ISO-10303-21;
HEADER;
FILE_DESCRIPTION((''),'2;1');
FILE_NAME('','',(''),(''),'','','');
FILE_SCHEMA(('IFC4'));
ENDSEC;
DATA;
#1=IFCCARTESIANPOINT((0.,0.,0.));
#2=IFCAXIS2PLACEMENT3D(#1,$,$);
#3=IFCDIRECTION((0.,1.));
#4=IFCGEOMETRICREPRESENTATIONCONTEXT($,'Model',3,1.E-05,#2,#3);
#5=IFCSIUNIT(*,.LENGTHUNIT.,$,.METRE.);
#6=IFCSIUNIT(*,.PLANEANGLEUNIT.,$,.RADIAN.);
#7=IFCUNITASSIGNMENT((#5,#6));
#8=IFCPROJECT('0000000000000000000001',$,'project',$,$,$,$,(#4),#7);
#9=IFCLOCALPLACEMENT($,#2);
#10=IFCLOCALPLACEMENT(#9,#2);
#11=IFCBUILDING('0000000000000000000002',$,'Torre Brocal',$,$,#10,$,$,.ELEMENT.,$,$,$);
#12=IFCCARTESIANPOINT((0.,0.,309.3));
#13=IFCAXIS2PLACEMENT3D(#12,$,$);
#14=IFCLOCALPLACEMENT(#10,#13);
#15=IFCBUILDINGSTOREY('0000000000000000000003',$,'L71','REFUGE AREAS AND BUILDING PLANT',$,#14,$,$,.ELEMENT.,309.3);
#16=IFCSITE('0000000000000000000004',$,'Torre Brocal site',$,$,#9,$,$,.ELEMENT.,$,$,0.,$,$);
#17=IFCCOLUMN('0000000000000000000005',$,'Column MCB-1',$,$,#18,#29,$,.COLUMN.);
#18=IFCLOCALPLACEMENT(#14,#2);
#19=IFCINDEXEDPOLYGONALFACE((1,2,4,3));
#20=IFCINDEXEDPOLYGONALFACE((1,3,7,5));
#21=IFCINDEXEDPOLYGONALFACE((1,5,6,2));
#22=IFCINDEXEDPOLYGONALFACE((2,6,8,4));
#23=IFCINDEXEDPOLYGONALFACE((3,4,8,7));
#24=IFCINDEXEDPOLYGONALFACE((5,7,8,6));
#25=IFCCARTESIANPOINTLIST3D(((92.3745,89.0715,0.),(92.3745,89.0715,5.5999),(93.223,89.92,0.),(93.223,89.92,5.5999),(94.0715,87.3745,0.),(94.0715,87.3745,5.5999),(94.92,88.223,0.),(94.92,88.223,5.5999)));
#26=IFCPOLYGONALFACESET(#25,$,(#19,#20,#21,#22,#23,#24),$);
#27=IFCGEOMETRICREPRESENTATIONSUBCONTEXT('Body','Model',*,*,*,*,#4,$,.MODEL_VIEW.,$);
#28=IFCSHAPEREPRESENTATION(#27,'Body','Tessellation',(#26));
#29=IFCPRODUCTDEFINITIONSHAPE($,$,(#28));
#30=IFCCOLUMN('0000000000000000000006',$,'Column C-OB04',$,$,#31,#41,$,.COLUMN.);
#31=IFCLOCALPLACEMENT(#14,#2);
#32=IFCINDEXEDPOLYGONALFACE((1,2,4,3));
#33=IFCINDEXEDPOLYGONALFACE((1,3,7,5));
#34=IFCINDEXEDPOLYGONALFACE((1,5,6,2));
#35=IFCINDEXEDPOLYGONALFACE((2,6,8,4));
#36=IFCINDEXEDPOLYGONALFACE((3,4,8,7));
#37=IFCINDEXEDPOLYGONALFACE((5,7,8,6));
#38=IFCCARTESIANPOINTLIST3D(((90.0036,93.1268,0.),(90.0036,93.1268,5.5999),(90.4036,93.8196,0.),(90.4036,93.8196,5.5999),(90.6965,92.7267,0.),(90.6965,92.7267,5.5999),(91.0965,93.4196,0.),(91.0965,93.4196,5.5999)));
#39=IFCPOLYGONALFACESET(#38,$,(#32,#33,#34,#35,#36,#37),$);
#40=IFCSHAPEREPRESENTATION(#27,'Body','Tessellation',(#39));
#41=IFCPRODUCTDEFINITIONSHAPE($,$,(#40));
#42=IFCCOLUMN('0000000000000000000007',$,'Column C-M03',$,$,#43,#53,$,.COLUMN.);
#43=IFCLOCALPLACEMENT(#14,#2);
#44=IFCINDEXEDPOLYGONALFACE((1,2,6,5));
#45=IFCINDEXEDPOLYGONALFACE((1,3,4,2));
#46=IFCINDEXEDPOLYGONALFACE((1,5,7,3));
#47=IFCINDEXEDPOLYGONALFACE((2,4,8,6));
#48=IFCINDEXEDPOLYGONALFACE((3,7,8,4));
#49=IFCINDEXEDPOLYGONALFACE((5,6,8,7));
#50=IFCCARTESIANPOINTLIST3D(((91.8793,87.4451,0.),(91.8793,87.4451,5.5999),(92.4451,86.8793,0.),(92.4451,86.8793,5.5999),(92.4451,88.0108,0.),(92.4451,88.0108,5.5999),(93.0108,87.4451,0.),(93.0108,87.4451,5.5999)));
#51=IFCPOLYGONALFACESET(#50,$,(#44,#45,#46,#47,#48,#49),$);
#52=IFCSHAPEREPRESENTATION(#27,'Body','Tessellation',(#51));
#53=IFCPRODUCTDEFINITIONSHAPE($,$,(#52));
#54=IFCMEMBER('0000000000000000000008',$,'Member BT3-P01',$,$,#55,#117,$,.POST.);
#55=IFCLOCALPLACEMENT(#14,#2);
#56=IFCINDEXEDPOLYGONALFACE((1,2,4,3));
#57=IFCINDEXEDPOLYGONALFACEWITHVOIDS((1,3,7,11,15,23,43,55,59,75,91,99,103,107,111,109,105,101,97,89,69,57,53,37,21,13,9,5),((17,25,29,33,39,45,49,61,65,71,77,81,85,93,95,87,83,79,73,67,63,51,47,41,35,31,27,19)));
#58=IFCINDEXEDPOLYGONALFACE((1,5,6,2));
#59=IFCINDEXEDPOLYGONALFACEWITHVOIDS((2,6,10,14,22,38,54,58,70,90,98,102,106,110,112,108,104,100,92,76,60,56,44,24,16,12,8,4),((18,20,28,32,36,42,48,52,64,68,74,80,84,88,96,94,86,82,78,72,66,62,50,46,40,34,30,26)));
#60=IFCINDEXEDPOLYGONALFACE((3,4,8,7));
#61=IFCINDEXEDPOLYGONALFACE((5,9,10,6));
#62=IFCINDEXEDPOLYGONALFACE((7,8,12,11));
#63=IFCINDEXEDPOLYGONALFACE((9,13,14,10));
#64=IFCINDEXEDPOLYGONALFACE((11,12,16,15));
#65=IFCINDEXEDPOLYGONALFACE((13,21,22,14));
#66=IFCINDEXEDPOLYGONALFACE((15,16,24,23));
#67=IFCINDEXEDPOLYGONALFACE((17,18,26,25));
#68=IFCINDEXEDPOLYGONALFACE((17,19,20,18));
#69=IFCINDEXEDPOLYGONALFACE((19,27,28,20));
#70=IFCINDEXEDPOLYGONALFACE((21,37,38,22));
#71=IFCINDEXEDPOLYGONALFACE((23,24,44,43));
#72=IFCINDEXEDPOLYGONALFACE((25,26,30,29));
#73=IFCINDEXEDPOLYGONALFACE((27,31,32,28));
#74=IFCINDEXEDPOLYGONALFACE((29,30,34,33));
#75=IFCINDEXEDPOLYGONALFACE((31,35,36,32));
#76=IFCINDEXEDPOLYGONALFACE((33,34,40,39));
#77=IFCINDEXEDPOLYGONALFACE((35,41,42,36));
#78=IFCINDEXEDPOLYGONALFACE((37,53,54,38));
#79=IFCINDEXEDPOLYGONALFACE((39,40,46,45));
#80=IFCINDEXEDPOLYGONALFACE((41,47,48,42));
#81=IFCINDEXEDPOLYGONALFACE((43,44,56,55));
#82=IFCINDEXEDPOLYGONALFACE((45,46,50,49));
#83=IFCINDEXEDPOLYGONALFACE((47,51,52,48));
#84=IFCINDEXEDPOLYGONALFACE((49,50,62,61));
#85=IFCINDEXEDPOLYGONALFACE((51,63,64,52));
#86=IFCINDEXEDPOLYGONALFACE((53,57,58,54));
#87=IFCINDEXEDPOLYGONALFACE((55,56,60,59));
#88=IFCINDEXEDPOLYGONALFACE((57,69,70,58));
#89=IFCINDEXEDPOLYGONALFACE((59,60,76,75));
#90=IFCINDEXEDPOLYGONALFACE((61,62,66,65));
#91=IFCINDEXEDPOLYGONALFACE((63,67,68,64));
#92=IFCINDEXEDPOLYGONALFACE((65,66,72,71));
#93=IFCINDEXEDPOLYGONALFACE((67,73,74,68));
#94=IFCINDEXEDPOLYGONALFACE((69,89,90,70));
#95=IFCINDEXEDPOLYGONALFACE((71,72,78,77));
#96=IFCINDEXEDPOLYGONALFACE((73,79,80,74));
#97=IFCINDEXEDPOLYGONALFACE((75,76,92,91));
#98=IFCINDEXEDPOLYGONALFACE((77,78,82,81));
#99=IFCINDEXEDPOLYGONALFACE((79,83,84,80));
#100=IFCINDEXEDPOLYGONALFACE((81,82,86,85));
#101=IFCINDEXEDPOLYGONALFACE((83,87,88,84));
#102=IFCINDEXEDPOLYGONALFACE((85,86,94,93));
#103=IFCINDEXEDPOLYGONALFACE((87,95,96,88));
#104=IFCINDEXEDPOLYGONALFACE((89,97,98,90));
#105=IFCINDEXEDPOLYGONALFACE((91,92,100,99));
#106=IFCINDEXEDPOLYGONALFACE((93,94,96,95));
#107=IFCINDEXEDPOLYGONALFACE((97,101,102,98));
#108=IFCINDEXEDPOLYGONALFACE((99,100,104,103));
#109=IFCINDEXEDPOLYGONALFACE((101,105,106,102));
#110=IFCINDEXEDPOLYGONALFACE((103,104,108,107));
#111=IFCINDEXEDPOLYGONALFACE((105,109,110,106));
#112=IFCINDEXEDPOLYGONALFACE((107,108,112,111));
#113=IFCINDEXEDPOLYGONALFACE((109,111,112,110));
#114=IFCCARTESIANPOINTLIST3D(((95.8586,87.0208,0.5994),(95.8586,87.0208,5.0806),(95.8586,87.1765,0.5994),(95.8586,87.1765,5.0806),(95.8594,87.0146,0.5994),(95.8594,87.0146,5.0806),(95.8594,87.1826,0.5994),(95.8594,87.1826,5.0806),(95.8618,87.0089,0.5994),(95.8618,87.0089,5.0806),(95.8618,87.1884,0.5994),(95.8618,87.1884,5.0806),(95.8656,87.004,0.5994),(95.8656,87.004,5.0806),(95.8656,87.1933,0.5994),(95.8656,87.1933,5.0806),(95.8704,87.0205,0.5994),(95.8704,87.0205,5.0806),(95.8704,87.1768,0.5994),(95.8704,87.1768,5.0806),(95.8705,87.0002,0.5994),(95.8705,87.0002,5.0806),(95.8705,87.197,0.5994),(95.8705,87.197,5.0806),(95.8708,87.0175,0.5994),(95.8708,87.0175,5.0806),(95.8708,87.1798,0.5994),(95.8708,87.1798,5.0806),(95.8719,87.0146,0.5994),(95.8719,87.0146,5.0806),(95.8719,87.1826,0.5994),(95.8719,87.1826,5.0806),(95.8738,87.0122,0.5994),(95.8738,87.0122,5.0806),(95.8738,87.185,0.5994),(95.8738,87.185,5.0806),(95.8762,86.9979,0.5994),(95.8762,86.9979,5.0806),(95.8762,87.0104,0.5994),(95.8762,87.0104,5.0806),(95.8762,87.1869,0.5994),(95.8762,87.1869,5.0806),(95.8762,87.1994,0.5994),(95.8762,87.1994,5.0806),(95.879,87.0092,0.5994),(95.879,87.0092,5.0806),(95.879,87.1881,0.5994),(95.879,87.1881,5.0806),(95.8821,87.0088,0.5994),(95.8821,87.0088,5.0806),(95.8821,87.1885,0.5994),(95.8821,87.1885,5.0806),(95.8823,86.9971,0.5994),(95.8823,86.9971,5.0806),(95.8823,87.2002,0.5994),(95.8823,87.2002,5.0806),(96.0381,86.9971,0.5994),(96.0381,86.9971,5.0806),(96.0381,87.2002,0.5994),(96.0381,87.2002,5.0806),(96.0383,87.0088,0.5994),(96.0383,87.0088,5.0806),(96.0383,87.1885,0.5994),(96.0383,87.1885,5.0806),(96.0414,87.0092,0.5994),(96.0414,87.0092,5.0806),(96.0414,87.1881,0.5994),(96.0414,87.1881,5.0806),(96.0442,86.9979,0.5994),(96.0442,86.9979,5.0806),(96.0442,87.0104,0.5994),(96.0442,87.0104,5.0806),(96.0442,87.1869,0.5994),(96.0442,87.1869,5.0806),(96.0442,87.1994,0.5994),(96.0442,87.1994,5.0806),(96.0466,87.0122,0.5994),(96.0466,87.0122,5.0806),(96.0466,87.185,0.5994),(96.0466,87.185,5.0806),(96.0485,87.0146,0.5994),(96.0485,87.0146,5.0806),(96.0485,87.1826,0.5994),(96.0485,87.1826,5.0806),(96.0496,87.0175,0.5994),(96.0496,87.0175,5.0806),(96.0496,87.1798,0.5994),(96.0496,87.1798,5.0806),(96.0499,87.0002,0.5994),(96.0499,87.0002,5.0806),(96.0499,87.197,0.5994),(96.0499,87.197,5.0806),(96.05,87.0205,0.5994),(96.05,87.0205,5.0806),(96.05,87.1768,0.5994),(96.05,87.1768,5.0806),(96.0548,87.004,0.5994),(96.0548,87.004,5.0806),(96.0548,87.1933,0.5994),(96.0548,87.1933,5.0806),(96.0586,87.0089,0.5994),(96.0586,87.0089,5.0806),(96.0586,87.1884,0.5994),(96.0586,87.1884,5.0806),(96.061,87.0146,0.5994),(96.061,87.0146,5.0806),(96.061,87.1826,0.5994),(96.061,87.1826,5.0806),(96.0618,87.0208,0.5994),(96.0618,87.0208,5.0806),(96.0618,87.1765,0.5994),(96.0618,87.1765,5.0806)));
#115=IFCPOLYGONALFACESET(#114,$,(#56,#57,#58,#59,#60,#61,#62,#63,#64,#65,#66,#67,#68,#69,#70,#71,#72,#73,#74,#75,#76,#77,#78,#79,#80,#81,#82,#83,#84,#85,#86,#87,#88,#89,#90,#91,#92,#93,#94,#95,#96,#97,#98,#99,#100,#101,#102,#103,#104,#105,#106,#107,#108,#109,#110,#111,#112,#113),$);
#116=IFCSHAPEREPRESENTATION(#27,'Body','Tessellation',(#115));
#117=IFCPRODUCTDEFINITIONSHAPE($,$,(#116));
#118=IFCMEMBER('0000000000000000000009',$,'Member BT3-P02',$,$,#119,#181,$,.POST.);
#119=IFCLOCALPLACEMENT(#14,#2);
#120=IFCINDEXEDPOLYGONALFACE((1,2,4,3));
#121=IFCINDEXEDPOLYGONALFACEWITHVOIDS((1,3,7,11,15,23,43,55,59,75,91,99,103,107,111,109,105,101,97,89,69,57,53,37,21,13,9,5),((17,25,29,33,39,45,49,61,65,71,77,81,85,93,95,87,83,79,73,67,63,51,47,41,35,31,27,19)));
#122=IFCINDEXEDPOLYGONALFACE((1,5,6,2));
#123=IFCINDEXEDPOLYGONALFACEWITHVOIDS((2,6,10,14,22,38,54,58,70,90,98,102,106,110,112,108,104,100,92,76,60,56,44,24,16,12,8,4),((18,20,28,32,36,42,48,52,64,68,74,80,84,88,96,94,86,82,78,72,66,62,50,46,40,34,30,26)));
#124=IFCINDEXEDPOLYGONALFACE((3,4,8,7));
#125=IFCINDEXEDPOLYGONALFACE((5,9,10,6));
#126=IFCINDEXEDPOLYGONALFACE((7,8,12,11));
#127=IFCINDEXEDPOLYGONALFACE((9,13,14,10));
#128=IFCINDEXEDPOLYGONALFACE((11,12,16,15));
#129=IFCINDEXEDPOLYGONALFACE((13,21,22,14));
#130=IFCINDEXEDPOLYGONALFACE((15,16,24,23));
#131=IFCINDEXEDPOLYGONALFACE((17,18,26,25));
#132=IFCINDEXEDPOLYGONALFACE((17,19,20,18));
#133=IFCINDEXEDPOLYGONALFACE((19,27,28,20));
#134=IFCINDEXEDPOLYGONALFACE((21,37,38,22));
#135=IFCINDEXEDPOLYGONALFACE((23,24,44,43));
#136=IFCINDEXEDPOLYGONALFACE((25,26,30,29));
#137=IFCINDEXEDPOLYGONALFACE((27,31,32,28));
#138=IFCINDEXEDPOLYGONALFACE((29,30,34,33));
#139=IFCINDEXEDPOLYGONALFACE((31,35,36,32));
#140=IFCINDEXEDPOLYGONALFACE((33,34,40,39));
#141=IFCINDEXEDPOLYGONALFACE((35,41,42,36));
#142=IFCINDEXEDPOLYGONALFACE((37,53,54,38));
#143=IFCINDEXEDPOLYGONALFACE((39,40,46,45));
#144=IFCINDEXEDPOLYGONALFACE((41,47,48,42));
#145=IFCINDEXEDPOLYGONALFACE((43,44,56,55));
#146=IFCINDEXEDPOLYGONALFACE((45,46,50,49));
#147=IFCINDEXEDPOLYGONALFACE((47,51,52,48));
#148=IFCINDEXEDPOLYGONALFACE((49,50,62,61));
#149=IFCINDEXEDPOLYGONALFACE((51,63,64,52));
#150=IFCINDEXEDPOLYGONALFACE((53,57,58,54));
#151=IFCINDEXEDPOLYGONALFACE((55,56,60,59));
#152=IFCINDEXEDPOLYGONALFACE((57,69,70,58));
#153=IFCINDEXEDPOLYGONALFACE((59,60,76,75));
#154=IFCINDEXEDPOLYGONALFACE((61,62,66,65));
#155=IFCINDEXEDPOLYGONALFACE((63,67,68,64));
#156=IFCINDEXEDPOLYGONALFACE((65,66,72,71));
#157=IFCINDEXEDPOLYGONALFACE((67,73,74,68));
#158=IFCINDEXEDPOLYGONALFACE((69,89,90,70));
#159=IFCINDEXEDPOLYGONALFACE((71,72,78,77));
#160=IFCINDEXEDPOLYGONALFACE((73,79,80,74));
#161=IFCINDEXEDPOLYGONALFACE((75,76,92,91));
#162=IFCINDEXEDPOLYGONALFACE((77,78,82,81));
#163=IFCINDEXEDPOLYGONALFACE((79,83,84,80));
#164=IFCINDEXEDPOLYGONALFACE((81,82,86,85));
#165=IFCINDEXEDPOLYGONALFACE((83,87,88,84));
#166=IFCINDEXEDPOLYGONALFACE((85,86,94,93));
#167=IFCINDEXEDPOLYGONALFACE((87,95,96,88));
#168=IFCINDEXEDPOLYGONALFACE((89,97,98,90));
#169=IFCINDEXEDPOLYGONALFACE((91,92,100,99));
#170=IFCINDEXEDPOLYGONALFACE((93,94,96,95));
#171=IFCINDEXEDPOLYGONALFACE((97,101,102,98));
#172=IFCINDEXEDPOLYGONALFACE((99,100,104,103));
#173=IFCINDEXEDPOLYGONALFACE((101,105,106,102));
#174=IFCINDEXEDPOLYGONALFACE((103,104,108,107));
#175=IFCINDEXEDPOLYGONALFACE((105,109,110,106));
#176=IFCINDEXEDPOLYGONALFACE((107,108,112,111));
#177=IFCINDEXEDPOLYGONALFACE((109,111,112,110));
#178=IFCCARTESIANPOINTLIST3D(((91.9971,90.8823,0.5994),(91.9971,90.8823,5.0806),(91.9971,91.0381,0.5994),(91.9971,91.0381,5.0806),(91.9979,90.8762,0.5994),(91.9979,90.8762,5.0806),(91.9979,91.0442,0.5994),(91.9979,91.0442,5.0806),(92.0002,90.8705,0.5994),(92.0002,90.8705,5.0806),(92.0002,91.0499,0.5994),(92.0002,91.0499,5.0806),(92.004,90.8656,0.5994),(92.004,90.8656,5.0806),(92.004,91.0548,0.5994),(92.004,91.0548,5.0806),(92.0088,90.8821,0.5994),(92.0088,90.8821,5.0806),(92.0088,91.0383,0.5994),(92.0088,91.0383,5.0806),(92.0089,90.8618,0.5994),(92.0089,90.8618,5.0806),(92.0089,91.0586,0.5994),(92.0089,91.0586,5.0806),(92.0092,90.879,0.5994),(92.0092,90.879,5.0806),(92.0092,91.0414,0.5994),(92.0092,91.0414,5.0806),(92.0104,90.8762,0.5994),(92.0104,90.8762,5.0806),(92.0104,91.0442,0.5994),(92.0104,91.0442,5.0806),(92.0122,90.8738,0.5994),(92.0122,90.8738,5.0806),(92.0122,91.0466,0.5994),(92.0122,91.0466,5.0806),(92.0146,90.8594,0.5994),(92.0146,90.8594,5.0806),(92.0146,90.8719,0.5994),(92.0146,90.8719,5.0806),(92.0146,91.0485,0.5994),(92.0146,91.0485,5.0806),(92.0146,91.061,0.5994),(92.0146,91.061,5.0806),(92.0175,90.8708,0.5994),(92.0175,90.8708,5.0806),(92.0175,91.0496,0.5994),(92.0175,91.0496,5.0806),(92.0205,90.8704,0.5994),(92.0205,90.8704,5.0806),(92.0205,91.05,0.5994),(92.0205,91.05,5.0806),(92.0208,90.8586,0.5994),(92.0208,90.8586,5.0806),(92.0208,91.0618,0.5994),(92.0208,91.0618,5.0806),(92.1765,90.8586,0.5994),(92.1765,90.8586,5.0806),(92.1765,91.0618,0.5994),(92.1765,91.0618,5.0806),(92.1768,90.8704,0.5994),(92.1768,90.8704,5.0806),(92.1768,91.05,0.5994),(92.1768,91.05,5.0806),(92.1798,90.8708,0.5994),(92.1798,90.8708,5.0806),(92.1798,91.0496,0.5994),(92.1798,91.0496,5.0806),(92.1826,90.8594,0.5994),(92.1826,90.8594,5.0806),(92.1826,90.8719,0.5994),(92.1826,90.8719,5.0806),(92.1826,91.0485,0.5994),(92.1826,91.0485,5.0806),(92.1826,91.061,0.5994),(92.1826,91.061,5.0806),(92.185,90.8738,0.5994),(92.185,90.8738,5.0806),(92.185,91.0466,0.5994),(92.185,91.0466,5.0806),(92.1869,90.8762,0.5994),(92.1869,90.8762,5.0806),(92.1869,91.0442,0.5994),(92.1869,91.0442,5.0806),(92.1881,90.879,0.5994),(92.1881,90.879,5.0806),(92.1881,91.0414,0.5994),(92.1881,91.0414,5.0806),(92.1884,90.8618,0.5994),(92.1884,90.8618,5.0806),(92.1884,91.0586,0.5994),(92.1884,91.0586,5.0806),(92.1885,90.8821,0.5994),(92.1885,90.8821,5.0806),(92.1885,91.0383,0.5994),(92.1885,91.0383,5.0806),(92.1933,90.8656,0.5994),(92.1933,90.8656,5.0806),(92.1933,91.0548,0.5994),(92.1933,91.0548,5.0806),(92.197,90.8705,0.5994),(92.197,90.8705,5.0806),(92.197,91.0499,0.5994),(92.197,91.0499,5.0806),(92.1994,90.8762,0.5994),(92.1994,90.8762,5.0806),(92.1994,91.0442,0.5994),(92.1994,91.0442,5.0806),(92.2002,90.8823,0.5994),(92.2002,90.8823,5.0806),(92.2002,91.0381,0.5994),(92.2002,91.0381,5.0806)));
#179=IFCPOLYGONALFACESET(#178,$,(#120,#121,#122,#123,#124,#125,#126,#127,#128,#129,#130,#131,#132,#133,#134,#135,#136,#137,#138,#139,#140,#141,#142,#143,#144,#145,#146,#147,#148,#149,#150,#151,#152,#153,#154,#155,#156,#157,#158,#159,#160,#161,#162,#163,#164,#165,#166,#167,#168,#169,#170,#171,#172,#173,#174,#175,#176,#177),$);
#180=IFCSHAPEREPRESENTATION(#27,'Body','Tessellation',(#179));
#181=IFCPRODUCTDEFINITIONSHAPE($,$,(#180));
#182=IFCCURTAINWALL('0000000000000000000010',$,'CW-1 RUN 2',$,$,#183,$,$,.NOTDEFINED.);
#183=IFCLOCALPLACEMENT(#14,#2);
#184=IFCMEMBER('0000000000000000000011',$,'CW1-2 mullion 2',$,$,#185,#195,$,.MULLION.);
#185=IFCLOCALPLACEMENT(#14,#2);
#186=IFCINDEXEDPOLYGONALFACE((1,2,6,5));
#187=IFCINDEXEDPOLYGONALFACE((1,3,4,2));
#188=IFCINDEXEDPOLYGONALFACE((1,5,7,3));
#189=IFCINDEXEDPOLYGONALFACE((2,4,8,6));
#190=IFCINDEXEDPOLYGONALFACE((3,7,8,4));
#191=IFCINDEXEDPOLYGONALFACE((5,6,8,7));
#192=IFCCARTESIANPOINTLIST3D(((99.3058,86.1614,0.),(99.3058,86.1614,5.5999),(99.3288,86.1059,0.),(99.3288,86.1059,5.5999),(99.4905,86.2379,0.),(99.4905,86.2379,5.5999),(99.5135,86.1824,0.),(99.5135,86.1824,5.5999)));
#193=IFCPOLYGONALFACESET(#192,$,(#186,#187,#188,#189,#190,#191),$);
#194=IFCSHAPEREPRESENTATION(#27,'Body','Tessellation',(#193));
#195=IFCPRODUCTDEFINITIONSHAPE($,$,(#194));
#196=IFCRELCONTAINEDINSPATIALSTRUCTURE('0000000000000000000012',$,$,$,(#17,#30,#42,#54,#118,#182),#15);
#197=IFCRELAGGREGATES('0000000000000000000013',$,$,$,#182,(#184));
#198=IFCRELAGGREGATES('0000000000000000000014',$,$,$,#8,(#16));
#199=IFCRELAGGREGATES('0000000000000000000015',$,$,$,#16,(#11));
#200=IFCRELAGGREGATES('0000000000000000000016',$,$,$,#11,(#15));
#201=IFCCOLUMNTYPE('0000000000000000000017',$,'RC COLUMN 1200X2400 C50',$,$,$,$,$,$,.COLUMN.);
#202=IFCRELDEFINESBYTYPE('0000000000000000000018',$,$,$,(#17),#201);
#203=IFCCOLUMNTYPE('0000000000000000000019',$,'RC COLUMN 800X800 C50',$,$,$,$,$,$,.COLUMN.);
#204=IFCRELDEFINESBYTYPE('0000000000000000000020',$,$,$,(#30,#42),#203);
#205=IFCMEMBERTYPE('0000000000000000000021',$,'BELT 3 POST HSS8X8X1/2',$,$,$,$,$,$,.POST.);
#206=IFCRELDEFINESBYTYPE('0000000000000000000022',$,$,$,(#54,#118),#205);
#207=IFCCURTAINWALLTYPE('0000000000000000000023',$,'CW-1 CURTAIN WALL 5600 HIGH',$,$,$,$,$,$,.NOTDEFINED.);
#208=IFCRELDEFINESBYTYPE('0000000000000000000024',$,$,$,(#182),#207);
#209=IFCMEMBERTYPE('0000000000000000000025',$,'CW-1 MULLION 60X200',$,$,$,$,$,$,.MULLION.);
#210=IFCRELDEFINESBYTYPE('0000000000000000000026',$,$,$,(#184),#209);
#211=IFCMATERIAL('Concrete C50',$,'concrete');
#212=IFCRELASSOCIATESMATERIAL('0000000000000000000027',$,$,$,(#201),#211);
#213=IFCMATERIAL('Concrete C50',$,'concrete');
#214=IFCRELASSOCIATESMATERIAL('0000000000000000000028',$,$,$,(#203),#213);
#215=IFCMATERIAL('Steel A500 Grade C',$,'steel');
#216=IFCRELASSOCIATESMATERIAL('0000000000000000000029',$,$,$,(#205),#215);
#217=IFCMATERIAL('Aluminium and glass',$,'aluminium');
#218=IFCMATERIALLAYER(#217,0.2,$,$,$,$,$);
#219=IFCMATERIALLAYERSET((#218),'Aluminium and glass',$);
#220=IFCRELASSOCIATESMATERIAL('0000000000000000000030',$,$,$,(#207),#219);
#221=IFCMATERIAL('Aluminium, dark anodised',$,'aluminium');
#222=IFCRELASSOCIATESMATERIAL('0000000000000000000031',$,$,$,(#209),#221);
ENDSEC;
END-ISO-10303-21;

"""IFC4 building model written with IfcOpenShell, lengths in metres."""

from ifc_helpers import new_model, si_unit, direction, frame, origin, origin_2d, place, context, subcontext, project, spatial, rectangle, hollow_rectangle, extrude, material, layer, layer_set, material_profile, profile_set, type_object, element, aggregate, save


model = new_model("IFC4")

# Units and contexts
model_context = context("Model", 3, precision=1e-05, world=origin(), true_north=direction((0.0, 1.0)))
body_context = subcontext(model_context, "Body", "Model", "MODEL_VIEW")
ifc_project = project(units=[si_unit("LENGTHUNIT", "METRE"), si_unit("PLANEANGLEUNIT", "RADIAN")], contexts=[model_context])

# Site, building, storey
site_placement = place(None, origin())
site = spatial("IfcSite", under=ifc_project, at=site_placement, Name="Torre Brocal site", CompositionType="ELEMENT", RefElevation=0.0)
building_placement = place(site_placement, origin())
building = spatial("IfcBuilding", under=site, at=building_placement, Name="Torre Brocal", CompositionType="ELEMENT")
storey_placement = place(building_placement, frame((0.0, 0.0, 309.3)))
storey = spatial("IfcBuildingStorey", under=building, at=storey_placement, Name="L71", Description="REFUGE AREAS AND BUILDING PLANT", CompositionType="ELEMENT", Elevation=309.3)

# Columns
ifc_material_1 = material(Name="Concrete C50", Category="concrete")
ifc_material_profile_1 = material_profile(ifc_material_1, rectangle(XDim=1.2, YDim=2.3999, at=origin_2d()), Name="RC 1200X2400")
ifc_profile_set_1 = profile_set([ifc_material_profile_1], Name="Concrete C50")
column_type_1 = type_object("IfcColumnType", Name="RC COLUMN 1200X2400 C50", PredefinedType="COLUMN", material=ifc_profile_set_1)
column_placement = place(storey_placement, frame((93.6472, 88.6472, 0.0), z_axis=(0.0, 0.0, 1.0), x_axis=(0.707107, 0.707107, 0.0)))
element("IfcColumn", 1, at=column_placement, inside=storey, type_object=column_type_1, Name="Column MCB-1", PredefinedType="COLUMN", context=body_context, shape_type="SweptSolid", body=[
    extrude(rectangle(XDim=1.2, YDim=2.3999, at=origin_2d()), origin(), (0.0, 0.0, 1.0), 5.5999),
])
ifc_material_2 = material(Name="Concrete C50", Category="concrete")
ifc_material_profile_2 = material_profile(ifc_material_2, rectangle(XDim=0.8, YDim=0.8, at=origin_2d()), Name="RC 800X800")
ifc_profile_set_2 = profile_set([ifc_material_profile_2], Name="Concrete C50")
column_type_2 = type_object("IfcColumnType", Name="RC COLUMN 800X800 C50", PredefinedType="COLUMN", material=ifc_profile_set_2)
for number, where, z_axis, x_axis, name in (
    (2, (90.55, 93.2732, 0.0), (0.0, 0.0, 1.0), (0.5, 0.866025, 0.0), "Column C-OB04"),
    (3, (92.4451, 87.4451, 0.0), (0.0, 0.0, 1.0), (0.707107, 0.707107, 0.0), "Column C-M03"),
):
    element("IfcColumn", number, at=place(storey_placement, frame(where, z_axis=z_axis, x_axis=x_axis)), inside=storey, type_object=column_type_2, Name=name, PredefinedType="COLUMN", context=body_context, shape_type="SweptSolid", body=[
        extrude(rectangle(XDim=0.8, YDim=0.8, at=origin_2d()), origin(), (0.0, 0.0, 1.0), 5.5999),
    ])

# Members
ifc_material_3 = material(Name="Steel A500 Grade C", Category="steel")
ifc_material_profile_3 = material_profile(ifc_material_3, hollow_rectangle(XDim=0.2031, YDim=0.2031, WallThickness=0.0117, InnerFilletRadius=0.0117, OuterFilletRadius=0.0237, at=origin_2d()), Name="HSS8X8X1/2")
ifc_profile_set_3 = profile_set([ifc_material_profile_3], Name="Steel A500 Grade C")
member_type_1 = type_object("IfcMemberType", Name="BELT 3 POST HSS8X8X1/2", PredefinedType="POST", material=ifc_profile_set_3)
for number, where, z_axis, x_axis, name in (
    (4, (95.9602, 87.0986, 0.5994), (0.0, 0.0, 1.0), (1.0, 0.0, 0.0), "Member BT3-P01"),
    (5, (92.0986, 90.9602, 0.5994), (0.0, 0.0, 1.0), (1.0, 0.0, 0.0), "Member BT3-P02"),
):
    element("IfcMember", number, at=place(storey_placement, frame(where, z_axis=z_axis, x_axis=x_axis)), inside=storey, type_object=member_type_1, Name=name, PredefinedType="POST", context=body_context, shape_type="SweptSolid", body=[
        extrude(hollow_rectangle(XDim=0.2031, YDim=0.2031, WallThickness=0.0117, InnerFilletRadius=0.0117, OuterFilletRadius=0.0237, at=origin_2d()), origin(), (0.0, 0.0, 1.0), 4.4812),
    ])

# Curtain wall, member
ifc_material_4 = material(Name="Aluminium and glass", Category="aluminium")
ifc_layer_1 = layer(ifc_material_4, 0.2)
ifc_layer_set_1 = layer_set([ifc_layer_1], Name="Aluminium and glass")
curtain_wall_type = type_object("IfcCurtainWallType", Name="CW-1 CURTAIN WALL 5600 HIGH", PredefinedType="NOTDEFINED", material=ifc_layer_set_1)
curtain_wall_1_placement = place(storey_placement, origin())
curtain_wall_1 = element("IfcCurtainWall", 6, at=curtain_wall_1_placement, inside=storey, type_object=curtain_wall_type, Name="CW-1 RUN 2", PredefinedType="NOTDEFINED")
ifc_material_5 = material(Name="Aluminium, dark anodised", Category="aluminium")
ifc_material_profile_4 = material_profile(ifc_material_5, rectangle(XDim=0.2, YDim=0.0601, at=origin_2d()), Name="CW-1 MULLION 60X200")
ifc_profile_set_4 = profile_set([ifc_material_profile_4], Name="Aluminium, dark anodised")
member_type_2 = type_object("IfcMemberType", Name="CW-1 MULLION 60X200", PredefinedType="MULLION", material=ifc_profile_set_4)
member_1_placement = place(storey_placement, frame((99.4097, 86.1719, 0.0), z_axis=(0.0, 0.0, 1.0), x_axis=(-0.92388, -0.382683, 0.0)))
member_1 = element("IfcMember", 7, at=member_1_placement, type_object=member_type_2, Name="CW1-2 mullion 2", PredefinedType="MULLION", context=body_context, shape_type="SweptSolid", body=[
    extrude(rectangle(XDim=0.2, YDim=0.0601, at=origin_2d()), origin(), (0.0, 0.0, 1.0), 5.5999),
])
aggregate(curtain_wall_1, [member_1])

save(model, "model.ifc")
